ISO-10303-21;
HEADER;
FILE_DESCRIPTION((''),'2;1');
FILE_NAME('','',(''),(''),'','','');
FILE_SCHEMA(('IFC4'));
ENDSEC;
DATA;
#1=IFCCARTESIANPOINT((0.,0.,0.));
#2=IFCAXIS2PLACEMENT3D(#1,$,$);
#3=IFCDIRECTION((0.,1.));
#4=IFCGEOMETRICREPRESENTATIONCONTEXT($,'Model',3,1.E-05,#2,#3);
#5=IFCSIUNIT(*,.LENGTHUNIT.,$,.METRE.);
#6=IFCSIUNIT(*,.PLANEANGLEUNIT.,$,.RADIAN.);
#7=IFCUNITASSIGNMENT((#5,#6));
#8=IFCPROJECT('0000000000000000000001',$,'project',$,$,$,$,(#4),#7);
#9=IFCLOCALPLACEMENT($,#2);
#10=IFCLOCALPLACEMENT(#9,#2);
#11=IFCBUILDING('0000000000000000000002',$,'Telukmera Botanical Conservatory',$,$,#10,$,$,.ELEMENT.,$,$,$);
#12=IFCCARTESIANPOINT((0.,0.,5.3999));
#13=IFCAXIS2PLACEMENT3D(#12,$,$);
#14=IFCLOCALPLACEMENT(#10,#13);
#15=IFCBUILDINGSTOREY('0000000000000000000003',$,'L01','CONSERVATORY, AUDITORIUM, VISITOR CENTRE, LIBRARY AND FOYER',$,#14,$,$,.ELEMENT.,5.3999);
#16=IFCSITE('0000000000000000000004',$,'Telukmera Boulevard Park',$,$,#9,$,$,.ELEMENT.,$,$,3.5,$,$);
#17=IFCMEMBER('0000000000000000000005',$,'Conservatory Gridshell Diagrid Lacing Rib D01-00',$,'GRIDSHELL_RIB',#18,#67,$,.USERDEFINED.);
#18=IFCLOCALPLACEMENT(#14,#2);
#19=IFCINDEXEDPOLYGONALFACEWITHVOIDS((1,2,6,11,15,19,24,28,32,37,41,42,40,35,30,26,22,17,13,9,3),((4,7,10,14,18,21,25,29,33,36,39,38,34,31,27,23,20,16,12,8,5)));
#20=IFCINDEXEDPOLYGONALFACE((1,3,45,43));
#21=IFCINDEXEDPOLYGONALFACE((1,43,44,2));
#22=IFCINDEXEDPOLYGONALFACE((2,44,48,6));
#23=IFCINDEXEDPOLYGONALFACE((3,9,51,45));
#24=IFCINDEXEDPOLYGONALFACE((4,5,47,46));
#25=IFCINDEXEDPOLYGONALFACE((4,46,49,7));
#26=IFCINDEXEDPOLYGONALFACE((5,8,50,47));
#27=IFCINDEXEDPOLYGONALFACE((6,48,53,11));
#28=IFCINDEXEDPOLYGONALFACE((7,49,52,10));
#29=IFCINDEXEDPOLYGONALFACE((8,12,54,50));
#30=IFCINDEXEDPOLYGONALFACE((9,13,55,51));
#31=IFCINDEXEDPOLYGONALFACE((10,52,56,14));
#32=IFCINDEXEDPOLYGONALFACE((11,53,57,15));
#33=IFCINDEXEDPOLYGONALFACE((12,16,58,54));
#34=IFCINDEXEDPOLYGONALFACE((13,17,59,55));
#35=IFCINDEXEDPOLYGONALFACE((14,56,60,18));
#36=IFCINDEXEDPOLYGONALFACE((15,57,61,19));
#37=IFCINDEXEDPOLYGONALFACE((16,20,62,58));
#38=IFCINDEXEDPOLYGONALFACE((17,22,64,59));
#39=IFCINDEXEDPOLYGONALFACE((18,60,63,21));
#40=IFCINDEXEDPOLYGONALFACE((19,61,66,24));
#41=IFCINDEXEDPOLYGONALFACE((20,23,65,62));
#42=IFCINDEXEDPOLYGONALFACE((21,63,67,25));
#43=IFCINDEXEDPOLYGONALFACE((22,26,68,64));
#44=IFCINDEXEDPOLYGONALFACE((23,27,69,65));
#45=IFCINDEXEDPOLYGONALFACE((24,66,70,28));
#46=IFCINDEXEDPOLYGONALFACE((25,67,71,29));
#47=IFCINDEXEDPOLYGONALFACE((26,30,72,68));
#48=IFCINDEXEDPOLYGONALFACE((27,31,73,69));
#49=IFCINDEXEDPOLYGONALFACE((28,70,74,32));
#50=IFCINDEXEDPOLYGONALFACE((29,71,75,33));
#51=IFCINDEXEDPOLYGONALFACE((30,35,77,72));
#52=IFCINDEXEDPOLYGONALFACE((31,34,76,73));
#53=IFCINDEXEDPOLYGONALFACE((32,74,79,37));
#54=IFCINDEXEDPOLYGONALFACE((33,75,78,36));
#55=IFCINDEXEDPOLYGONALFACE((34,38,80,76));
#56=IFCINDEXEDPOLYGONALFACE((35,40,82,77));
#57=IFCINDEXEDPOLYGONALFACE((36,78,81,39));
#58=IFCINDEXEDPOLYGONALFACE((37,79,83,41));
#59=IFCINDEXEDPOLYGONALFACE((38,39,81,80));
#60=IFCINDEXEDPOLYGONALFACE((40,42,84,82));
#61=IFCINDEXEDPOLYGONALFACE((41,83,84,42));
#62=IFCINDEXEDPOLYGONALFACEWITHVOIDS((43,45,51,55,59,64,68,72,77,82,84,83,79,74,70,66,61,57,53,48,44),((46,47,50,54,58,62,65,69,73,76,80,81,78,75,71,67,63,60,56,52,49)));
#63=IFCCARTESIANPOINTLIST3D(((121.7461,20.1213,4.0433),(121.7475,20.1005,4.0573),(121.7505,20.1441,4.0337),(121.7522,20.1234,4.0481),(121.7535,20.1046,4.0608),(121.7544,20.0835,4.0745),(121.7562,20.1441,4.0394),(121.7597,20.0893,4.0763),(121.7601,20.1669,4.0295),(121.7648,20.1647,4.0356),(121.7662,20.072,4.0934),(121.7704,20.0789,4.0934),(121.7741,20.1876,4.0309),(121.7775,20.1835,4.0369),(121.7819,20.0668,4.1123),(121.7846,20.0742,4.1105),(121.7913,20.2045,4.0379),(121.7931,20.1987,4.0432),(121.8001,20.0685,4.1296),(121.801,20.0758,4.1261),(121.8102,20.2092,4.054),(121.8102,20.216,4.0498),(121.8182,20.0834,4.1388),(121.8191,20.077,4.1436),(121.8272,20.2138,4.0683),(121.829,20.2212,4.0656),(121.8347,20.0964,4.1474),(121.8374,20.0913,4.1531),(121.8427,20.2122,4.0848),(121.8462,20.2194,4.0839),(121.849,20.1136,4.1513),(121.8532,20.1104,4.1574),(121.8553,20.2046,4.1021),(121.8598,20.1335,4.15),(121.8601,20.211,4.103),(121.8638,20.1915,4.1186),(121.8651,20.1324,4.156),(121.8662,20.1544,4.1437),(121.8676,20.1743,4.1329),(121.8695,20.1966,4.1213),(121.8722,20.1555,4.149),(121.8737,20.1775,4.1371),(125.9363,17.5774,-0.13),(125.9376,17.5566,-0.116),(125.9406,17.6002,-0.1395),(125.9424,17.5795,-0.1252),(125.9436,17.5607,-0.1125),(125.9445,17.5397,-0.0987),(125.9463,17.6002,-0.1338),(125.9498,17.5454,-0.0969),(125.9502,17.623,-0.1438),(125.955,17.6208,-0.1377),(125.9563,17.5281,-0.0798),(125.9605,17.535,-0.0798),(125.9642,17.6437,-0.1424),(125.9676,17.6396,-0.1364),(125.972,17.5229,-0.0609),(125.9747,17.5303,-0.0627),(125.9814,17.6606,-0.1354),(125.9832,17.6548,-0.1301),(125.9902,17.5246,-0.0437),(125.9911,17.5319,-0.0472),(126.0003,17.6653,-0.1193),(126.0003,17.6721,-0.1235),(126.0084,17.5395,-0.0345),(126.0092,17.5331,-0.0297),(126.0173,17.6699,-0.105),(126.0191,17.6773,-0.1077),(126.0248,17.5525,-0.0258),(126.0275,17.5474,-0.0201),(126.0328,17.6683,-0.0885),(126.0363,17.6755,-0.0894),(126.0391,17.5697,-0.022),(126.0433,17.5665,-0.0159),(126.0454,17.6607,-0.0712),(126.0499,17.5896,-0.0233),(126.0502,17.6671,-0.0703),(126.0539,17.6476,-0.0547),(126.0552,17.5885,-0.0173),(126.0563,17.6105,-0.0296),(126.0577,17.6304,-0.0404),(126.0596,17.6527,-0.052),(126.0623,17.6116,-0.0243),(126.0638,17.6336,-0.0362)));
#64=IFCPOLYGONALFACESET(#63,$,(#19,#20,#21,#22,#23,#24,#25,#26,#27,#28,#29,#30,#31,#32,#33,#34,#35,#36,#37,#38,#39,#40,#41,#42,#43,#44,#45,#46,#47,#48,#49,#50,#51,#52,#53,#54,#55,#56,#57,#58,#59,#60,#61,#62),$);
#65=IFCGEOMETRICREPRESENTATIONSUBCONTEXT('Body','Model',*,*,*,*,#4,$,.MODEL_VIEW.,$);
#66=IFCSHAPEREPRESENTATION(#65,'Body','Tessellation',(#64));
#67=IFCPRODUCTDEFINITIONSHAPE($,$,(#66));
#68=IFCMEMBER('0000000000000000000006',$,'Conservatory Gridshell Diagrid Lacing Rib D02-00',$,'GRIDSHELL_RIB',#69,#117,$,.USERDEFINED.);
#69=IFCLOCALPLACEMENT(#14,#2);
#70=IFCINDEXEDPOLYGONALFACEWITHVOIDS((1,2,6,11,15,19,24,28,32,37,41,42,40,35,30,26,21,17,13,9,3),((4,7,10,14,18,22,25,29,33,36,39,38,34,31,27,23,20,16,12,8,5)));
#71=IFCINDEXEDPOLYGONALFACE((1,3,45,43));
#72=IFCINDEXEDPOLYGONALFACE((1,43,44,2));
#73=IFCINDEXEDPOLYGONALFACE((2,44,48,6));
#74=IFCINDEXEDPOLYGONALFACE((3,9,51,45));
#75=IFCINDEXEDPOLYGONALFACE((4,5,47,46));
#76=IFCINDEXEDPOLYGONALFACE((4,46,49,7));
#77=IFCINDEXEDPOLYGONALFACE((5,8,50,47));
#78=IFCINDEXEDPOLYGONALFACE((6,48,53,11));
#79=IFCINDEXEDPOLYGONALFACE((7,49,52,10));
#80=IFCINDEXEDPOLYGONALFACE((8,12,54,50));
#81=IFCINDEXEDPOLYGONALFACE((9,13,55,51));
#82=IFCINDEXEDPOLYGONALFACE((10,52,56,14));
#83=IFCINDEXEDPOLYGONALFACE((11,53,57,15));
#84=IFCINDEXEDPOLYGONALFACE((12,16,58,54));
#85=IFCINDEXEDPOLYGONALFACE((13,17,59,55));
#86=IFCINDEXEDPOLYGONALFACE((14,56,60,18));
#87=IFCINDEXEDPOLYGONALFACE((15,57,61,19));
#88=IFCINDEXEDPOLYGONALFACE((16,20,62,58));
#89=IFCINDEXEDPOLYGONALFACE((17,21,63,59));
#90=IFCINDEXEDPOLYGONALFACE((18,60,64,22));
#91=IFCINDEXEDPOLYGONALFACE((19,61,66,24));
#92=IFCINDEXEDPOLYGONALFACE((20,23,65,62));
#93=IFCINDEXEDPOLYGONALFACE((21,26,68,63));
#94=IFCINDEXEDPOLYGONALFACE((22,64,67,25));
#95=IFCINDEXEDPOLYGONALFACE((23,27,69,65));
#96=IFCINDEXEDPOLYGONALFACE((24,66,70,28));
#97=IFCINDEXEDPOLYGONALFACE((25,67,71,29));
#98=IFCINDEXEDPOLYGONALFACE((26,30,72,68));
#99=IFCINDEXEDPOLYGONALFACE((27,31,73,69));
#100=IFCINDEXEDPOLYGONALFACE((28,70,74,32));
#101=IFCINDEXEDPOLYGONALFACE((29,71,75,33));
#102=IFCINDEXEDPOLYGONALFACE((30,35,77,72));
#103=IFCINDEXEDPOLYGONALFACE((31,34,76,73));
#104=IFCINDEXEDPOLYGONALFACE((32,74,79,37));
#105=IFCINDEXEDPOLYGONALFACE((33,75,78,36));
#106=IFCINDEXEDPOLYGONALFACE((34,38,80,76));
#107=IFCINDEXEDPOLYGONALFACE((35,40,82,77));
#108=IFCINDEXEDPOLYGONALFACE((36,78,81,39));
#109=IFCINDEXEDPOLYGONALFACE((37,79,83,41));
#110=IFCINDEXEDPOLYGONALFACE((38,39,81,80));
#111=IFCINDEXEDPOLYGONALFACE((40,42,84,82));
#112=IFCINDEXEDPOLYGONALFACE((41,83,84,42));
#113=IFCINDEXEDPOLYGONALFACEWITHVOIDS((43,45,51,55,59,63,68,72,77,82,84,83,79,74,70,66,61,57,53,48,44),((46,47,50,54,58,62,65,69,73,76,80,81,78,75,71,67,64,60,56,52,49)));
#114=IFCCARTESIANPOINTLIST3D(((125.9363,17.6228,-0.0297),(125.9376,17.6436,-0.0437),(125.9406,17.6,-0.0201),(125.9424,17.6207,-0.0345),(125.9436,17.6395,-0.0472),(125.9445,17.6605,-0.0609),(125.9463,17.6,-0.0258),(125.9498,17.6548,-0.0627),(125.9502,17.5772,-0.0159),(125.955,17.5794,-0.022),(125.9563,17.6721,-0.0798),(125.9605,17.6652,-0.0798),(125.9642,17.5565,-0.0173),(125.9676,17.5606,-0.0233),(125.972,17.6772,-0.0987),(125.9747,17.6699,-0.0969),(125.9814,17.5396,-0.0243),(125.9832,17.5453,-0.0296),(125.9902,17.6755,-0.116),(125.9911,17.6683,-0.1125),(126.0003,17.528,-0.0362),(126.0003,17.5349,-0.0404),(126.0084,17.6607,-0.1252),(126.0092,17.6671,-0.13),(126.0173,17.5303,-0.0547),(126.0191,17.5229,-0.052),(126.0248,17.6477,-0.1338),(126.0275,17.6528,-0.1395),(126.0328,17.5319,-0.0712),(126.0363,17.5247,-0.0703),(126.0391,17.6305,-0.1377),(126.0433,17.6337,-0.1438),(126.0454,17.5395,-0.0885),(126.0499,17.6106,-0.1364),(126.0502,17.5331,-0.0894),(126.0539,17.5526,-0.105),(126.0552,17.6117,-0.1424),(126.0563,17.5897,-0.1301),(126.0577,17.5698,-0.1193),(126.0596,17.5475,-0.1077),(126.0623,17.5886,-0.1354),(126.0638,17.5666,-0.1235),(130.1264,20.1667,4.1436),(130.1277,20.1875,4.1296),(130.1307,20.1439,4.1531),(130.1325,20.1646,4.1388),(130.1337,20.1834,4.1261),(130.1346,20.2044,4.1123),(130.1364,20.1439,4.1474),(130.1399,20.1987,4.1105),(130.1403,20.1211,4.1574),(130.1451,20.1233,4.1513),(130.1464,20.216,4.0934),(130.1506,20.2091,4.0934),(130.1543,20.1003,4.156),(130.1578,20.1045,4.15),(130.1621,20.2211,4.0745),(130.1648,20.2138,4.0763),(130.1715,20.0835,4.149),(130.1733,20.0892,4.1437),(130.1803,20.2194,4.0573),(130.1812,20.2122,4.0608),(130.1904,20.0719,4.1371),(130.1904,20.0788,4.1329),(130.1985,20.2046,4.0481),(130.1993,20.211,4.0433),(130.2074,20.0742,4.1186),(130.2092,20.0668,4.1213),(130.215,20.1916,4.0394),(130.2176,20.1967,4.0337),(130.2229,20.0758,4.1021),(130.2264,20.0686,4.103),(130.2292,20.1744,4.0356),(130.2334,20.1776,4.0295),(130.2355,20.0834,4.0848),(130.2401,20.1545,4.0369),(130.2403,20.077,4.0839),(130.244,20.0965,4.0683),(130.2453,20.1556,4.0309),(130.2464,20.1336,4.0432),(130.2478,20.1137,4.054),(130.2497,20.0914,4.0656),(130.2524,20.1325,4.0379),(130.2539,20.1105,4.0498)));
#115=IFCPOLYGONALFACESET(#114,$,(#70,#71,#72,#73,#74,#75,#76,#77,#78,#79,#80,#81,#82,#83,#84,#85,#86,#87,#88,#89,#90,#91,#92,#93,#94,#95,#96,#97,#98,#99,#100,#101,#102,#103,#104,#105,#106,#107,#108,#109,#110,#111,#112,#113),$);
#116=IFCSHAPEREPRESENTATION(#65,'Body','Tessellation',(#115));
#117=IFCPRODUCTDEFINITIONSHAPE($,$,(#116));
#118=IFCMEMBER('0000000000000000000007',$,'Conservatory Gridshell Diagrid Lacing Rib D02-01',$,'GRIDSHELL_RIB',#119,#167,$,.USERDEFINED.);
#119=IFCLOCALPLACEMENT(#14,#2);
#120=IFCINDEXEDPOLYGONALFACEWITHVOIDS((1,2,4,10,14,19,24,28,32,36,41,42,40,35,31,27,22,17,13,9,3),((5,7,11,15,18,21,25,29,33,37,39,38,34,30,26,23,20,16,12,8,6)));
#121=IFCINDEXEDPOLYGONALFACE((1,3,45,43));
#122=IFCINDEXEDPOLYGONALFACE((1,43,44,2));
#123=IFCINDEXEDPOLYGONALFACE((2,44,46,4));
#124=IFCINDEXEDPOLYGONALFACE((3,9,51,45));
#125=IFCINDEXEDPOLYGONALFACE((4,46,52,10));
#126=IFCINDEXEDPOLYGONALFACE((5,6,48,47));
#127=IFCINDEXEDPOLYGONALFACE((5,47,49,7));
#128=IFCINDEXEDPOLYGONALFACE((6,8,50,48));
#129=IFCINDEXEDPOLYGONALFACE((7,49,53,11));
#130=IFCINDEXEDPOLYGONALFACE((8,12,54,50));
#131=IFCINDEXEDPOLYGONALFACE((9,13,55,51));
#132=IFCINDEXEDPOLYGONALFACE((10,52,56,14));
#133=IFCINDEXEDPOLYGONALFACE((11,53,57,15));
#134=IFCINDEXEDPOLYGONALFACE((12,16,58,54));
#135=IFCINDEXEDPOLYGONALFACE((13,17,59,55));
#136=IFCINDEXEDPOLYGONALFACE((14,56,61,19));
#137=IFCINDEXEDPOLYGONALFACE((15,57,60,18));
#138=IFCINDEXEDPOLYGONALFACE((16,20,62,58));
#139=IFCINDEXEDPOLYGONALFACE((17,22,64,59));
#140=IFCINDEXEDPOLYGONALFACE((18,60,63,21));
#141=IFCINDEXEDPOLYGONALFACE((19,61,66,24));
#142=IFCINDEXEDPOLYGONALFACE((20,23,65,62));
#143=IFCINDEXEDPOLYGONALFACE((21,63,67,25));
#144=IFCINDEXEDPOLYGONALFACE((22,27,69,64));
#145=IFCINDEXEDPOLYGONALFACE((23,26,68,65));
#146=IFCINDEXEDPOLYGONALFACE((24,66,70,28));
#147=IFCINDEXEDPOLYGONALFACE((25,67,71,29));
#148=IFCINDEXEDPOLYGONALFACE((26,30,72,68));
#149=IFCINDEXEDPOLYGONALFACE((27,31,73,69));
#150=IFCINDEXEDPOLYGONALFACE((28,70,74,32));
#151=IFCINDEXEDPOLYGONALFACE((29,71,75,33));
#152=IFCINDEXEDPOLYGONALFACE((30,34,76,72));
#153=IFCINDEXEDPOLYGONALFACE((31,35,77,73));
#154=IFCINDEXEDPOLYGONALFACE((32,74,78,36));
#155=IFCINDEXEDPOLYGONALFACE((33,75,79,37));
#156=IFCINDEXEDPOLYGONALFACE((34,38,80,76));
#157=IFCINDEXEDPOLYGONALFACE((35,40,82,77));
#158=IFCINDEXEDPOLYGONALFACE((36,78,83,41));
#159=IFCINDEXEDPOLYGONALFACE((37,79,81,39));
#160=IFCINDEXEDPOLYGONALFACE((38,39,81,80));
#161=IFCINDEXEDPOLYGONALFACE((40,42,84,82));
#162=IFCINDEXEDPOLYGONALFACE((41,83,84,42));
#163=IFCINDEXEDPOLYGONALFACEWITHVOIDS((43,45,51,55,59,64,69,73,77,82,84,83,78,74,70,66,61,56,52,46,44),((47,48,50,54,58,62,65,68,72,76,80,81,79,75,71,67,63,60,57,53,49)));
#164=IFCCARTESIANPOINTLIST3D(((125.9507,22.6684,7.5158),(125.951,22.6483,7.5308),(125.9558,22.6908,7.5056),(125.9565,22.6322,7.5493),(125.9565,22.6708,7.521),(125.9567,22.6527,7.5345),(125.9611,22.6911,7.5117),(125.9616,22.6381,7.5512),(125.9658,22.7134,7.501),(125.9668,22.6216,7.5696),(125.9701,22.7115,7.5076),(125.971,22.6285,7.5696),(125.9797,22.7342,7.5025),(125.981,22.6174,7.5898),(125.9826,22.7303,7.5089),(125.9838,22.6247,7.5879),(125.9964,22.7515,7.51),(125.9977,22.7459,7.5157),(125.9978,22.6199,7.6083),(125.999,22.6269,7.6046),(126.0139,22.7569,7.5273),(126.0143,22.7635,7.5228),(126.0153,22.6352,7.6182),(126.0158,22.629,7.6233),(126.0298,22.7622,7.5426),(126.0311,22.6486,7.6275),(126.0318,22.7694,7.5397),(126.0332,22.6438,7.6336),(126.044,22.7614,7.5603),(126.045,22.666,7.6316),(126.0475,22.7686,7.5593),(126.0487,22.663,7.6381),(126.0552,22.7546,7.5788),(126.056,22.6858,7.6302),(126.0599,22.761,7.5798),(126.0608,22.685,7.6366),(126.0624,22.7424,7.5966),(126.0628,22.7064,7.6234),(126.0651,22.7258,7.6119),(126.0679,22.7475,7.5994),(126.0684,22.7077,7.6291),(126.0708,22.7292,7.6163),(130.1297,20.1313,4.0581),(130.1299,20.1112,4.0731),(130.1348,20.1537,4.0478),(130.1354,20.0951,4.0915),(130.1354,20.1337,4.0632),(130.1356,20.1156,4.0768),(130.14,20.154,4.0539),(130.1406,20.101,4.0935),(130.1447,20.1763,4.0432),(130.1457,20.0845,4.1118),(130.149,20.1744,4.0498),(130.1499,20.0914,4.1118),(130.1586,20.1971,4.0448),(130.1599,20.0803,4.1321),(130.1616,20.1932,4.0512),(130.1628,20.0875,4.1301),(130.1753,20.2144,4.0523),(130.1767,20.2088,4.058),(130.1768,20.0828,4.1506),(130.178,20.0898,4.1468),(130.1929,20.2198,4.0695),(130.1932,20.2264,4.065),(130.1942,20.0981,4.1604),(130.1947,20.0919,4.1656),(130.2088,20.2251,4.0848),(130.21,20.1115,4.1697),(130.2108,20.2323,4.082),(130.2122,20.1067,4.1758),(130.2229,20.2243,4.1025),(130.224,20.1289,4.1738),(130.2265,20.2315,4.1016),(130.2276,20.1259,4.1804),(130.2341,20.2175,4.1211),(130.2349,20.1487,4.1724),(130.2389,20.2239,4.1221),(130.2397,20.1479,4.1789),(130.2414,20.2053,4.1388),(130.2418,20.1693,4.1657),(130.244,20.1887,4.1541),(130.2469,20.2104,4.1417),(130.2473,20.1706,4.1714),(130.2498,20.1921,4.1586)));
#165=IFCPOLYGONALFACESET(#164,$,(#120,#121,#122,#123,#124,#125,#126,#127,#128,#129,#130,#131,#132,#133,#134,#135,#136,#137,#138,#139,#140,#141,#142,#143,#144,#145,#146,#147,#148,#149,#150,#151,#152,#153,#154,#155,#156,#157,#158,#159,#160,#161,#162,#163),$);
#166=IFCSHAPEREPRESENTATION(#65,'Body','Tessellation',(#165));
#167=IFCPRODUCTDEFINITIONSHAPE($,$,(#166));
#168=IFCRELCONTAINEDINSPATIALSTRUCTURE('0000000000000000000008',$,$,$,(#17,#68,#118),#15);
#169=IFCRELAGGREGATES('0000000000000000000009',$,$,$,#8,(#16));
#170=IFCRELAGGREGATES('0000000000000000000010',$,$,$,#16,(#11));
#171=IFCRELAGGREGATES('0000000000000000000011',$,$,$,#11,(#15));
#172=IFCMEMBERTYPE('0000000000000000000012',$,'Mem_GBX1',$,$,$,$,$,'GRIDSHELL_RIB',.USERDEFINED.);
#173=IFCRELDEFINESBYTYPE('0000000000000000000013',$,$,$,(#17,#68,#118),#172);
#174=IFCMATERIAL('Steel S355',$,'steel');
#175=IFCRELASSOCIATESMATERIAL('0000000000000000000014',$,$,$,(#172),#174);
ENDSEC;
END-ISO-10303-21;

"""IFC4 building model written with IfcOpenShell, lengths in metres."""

from ifc_helpers import new_model, si_unit, direction, frame, origin, origin_2d, place, context, subcontext, project, spatial, hollow_circle, extrude, material, material_profile, profile_set, type_object, element, save


model = new_model("IFC4")

# Units and contexts
model_context = context("Model", 3, precision=1e-05, world=origin(), true_north=direction((0.0, 1.0)))
body_context = subcontext(model_context, "Body", "Model", "MODEL_VIEW")
ifc_project = project(units=[si_unit("LENGTHUNIT", "METRE"), si_unit("PLANEANGLEUNIT", "RADIAN")], contexts=[model_context])

# Site, building, storey
site_placement = place(None, origin())
site = spatial("IfcSite", under=ifc_project, at=site_placement, Name="Telukmera Boulevard Park", CompositionType="ELEMENT", RefElevation=3.5)
building_placement = place(site_placement, origin())
building = spatial("IfcBuilding", under=site, at=building_placement, Name="Telukmera Botanical Conservatory", CompositionType="ELEMENT")
storey_placement = place(building_placement, frame((0.0, 0.0, 5.3999)))
storey = spatial("IfcBuildingStorey", under=building, at=storey_placement, Name="L01", Description="CONSERVATORY, AUDITORIUM, VISITOR CENTRE, LIBRARY AND FOYER", CompositionType="ELEMENT", Elevation=5.3999)

# Shared definitions
ifc_material_1 = material(Name="Steel S355", Category="steel")

# Members
ifc_material_profile_1 = material_profile(ifc_material_1, hollow_circle(Radius=0.0842, WallThickness=0.0081, at=origin_2d()), Name="CHS 168.3x8.0")
ifc_profile_set_1 = profile_set([ifc_material_profile_1], Name="Steel S355")
member_type_1 = type_object("IfcMemberType", Name="Mem_GBX1", ElementType="GRIDSHELL_RIB", PredefinedType="USERDEFINED", material=ifc_profile_set_1)
for number, where, z_axis, x_axis, name in (
    (1, (126.0, 17.6001, -0.0798), (-0.650866, 0.395154, 0.648249), (-0.518964, -0.854796, 0.0), "Conservatory Gridshell Diagrid Lacing Rib D01-00"),
    (2, (126.0, 17.6001, -0.0798), (0.650866, 0.395154, 0.648249), (-0.518964, 0.854796, 0.0), "Conservatory Gridshell Diagrid Lacing Rib D02-00"),
):
    element("IfcMember", number, at=place(storey_placement, frame(where, z_axis=z_axis, x_axis=x_axis)), inside=storey, type_object=member_type_1, Name=name, ObjectType="GRIDSHELL_RIB", PredefinedType="USERDEFINED", context=body_context, shape_type="SweptSolid", body=[
        extrude(hollow_circle(Radius=0.0842, WallThickness=0.0081, at=origin_2d()), origin(), (0.0, 0.0, 1.0), 6.4377),
    ])
member_1_placement = place(storey_placement, frame((130.1895, 20.1565, 4.1118), z_axis=(-0.697883, 0.423696, 0.577444), x_axis=(-0.518961, -0.854798, 0.0)))
element("IfcMember", 3, at=member_1_placement, inside=storey, type_object=member_type_1, Name="Conservatory Gridshell Diagrid Lacing Rib D02-01", ObjectType="GRIDSHELL_RIB", PredefinedType="USERDEFINED", context=body_context, shape_type="SweptSolid", body=[
    extrude(hollow_circle(Radius=0.0842, WallThickness=0.0081, at=origin_2d()), origin(), (0.0, 0.0, 1.0), 5.988),
])

save(model, "model.ifc")
